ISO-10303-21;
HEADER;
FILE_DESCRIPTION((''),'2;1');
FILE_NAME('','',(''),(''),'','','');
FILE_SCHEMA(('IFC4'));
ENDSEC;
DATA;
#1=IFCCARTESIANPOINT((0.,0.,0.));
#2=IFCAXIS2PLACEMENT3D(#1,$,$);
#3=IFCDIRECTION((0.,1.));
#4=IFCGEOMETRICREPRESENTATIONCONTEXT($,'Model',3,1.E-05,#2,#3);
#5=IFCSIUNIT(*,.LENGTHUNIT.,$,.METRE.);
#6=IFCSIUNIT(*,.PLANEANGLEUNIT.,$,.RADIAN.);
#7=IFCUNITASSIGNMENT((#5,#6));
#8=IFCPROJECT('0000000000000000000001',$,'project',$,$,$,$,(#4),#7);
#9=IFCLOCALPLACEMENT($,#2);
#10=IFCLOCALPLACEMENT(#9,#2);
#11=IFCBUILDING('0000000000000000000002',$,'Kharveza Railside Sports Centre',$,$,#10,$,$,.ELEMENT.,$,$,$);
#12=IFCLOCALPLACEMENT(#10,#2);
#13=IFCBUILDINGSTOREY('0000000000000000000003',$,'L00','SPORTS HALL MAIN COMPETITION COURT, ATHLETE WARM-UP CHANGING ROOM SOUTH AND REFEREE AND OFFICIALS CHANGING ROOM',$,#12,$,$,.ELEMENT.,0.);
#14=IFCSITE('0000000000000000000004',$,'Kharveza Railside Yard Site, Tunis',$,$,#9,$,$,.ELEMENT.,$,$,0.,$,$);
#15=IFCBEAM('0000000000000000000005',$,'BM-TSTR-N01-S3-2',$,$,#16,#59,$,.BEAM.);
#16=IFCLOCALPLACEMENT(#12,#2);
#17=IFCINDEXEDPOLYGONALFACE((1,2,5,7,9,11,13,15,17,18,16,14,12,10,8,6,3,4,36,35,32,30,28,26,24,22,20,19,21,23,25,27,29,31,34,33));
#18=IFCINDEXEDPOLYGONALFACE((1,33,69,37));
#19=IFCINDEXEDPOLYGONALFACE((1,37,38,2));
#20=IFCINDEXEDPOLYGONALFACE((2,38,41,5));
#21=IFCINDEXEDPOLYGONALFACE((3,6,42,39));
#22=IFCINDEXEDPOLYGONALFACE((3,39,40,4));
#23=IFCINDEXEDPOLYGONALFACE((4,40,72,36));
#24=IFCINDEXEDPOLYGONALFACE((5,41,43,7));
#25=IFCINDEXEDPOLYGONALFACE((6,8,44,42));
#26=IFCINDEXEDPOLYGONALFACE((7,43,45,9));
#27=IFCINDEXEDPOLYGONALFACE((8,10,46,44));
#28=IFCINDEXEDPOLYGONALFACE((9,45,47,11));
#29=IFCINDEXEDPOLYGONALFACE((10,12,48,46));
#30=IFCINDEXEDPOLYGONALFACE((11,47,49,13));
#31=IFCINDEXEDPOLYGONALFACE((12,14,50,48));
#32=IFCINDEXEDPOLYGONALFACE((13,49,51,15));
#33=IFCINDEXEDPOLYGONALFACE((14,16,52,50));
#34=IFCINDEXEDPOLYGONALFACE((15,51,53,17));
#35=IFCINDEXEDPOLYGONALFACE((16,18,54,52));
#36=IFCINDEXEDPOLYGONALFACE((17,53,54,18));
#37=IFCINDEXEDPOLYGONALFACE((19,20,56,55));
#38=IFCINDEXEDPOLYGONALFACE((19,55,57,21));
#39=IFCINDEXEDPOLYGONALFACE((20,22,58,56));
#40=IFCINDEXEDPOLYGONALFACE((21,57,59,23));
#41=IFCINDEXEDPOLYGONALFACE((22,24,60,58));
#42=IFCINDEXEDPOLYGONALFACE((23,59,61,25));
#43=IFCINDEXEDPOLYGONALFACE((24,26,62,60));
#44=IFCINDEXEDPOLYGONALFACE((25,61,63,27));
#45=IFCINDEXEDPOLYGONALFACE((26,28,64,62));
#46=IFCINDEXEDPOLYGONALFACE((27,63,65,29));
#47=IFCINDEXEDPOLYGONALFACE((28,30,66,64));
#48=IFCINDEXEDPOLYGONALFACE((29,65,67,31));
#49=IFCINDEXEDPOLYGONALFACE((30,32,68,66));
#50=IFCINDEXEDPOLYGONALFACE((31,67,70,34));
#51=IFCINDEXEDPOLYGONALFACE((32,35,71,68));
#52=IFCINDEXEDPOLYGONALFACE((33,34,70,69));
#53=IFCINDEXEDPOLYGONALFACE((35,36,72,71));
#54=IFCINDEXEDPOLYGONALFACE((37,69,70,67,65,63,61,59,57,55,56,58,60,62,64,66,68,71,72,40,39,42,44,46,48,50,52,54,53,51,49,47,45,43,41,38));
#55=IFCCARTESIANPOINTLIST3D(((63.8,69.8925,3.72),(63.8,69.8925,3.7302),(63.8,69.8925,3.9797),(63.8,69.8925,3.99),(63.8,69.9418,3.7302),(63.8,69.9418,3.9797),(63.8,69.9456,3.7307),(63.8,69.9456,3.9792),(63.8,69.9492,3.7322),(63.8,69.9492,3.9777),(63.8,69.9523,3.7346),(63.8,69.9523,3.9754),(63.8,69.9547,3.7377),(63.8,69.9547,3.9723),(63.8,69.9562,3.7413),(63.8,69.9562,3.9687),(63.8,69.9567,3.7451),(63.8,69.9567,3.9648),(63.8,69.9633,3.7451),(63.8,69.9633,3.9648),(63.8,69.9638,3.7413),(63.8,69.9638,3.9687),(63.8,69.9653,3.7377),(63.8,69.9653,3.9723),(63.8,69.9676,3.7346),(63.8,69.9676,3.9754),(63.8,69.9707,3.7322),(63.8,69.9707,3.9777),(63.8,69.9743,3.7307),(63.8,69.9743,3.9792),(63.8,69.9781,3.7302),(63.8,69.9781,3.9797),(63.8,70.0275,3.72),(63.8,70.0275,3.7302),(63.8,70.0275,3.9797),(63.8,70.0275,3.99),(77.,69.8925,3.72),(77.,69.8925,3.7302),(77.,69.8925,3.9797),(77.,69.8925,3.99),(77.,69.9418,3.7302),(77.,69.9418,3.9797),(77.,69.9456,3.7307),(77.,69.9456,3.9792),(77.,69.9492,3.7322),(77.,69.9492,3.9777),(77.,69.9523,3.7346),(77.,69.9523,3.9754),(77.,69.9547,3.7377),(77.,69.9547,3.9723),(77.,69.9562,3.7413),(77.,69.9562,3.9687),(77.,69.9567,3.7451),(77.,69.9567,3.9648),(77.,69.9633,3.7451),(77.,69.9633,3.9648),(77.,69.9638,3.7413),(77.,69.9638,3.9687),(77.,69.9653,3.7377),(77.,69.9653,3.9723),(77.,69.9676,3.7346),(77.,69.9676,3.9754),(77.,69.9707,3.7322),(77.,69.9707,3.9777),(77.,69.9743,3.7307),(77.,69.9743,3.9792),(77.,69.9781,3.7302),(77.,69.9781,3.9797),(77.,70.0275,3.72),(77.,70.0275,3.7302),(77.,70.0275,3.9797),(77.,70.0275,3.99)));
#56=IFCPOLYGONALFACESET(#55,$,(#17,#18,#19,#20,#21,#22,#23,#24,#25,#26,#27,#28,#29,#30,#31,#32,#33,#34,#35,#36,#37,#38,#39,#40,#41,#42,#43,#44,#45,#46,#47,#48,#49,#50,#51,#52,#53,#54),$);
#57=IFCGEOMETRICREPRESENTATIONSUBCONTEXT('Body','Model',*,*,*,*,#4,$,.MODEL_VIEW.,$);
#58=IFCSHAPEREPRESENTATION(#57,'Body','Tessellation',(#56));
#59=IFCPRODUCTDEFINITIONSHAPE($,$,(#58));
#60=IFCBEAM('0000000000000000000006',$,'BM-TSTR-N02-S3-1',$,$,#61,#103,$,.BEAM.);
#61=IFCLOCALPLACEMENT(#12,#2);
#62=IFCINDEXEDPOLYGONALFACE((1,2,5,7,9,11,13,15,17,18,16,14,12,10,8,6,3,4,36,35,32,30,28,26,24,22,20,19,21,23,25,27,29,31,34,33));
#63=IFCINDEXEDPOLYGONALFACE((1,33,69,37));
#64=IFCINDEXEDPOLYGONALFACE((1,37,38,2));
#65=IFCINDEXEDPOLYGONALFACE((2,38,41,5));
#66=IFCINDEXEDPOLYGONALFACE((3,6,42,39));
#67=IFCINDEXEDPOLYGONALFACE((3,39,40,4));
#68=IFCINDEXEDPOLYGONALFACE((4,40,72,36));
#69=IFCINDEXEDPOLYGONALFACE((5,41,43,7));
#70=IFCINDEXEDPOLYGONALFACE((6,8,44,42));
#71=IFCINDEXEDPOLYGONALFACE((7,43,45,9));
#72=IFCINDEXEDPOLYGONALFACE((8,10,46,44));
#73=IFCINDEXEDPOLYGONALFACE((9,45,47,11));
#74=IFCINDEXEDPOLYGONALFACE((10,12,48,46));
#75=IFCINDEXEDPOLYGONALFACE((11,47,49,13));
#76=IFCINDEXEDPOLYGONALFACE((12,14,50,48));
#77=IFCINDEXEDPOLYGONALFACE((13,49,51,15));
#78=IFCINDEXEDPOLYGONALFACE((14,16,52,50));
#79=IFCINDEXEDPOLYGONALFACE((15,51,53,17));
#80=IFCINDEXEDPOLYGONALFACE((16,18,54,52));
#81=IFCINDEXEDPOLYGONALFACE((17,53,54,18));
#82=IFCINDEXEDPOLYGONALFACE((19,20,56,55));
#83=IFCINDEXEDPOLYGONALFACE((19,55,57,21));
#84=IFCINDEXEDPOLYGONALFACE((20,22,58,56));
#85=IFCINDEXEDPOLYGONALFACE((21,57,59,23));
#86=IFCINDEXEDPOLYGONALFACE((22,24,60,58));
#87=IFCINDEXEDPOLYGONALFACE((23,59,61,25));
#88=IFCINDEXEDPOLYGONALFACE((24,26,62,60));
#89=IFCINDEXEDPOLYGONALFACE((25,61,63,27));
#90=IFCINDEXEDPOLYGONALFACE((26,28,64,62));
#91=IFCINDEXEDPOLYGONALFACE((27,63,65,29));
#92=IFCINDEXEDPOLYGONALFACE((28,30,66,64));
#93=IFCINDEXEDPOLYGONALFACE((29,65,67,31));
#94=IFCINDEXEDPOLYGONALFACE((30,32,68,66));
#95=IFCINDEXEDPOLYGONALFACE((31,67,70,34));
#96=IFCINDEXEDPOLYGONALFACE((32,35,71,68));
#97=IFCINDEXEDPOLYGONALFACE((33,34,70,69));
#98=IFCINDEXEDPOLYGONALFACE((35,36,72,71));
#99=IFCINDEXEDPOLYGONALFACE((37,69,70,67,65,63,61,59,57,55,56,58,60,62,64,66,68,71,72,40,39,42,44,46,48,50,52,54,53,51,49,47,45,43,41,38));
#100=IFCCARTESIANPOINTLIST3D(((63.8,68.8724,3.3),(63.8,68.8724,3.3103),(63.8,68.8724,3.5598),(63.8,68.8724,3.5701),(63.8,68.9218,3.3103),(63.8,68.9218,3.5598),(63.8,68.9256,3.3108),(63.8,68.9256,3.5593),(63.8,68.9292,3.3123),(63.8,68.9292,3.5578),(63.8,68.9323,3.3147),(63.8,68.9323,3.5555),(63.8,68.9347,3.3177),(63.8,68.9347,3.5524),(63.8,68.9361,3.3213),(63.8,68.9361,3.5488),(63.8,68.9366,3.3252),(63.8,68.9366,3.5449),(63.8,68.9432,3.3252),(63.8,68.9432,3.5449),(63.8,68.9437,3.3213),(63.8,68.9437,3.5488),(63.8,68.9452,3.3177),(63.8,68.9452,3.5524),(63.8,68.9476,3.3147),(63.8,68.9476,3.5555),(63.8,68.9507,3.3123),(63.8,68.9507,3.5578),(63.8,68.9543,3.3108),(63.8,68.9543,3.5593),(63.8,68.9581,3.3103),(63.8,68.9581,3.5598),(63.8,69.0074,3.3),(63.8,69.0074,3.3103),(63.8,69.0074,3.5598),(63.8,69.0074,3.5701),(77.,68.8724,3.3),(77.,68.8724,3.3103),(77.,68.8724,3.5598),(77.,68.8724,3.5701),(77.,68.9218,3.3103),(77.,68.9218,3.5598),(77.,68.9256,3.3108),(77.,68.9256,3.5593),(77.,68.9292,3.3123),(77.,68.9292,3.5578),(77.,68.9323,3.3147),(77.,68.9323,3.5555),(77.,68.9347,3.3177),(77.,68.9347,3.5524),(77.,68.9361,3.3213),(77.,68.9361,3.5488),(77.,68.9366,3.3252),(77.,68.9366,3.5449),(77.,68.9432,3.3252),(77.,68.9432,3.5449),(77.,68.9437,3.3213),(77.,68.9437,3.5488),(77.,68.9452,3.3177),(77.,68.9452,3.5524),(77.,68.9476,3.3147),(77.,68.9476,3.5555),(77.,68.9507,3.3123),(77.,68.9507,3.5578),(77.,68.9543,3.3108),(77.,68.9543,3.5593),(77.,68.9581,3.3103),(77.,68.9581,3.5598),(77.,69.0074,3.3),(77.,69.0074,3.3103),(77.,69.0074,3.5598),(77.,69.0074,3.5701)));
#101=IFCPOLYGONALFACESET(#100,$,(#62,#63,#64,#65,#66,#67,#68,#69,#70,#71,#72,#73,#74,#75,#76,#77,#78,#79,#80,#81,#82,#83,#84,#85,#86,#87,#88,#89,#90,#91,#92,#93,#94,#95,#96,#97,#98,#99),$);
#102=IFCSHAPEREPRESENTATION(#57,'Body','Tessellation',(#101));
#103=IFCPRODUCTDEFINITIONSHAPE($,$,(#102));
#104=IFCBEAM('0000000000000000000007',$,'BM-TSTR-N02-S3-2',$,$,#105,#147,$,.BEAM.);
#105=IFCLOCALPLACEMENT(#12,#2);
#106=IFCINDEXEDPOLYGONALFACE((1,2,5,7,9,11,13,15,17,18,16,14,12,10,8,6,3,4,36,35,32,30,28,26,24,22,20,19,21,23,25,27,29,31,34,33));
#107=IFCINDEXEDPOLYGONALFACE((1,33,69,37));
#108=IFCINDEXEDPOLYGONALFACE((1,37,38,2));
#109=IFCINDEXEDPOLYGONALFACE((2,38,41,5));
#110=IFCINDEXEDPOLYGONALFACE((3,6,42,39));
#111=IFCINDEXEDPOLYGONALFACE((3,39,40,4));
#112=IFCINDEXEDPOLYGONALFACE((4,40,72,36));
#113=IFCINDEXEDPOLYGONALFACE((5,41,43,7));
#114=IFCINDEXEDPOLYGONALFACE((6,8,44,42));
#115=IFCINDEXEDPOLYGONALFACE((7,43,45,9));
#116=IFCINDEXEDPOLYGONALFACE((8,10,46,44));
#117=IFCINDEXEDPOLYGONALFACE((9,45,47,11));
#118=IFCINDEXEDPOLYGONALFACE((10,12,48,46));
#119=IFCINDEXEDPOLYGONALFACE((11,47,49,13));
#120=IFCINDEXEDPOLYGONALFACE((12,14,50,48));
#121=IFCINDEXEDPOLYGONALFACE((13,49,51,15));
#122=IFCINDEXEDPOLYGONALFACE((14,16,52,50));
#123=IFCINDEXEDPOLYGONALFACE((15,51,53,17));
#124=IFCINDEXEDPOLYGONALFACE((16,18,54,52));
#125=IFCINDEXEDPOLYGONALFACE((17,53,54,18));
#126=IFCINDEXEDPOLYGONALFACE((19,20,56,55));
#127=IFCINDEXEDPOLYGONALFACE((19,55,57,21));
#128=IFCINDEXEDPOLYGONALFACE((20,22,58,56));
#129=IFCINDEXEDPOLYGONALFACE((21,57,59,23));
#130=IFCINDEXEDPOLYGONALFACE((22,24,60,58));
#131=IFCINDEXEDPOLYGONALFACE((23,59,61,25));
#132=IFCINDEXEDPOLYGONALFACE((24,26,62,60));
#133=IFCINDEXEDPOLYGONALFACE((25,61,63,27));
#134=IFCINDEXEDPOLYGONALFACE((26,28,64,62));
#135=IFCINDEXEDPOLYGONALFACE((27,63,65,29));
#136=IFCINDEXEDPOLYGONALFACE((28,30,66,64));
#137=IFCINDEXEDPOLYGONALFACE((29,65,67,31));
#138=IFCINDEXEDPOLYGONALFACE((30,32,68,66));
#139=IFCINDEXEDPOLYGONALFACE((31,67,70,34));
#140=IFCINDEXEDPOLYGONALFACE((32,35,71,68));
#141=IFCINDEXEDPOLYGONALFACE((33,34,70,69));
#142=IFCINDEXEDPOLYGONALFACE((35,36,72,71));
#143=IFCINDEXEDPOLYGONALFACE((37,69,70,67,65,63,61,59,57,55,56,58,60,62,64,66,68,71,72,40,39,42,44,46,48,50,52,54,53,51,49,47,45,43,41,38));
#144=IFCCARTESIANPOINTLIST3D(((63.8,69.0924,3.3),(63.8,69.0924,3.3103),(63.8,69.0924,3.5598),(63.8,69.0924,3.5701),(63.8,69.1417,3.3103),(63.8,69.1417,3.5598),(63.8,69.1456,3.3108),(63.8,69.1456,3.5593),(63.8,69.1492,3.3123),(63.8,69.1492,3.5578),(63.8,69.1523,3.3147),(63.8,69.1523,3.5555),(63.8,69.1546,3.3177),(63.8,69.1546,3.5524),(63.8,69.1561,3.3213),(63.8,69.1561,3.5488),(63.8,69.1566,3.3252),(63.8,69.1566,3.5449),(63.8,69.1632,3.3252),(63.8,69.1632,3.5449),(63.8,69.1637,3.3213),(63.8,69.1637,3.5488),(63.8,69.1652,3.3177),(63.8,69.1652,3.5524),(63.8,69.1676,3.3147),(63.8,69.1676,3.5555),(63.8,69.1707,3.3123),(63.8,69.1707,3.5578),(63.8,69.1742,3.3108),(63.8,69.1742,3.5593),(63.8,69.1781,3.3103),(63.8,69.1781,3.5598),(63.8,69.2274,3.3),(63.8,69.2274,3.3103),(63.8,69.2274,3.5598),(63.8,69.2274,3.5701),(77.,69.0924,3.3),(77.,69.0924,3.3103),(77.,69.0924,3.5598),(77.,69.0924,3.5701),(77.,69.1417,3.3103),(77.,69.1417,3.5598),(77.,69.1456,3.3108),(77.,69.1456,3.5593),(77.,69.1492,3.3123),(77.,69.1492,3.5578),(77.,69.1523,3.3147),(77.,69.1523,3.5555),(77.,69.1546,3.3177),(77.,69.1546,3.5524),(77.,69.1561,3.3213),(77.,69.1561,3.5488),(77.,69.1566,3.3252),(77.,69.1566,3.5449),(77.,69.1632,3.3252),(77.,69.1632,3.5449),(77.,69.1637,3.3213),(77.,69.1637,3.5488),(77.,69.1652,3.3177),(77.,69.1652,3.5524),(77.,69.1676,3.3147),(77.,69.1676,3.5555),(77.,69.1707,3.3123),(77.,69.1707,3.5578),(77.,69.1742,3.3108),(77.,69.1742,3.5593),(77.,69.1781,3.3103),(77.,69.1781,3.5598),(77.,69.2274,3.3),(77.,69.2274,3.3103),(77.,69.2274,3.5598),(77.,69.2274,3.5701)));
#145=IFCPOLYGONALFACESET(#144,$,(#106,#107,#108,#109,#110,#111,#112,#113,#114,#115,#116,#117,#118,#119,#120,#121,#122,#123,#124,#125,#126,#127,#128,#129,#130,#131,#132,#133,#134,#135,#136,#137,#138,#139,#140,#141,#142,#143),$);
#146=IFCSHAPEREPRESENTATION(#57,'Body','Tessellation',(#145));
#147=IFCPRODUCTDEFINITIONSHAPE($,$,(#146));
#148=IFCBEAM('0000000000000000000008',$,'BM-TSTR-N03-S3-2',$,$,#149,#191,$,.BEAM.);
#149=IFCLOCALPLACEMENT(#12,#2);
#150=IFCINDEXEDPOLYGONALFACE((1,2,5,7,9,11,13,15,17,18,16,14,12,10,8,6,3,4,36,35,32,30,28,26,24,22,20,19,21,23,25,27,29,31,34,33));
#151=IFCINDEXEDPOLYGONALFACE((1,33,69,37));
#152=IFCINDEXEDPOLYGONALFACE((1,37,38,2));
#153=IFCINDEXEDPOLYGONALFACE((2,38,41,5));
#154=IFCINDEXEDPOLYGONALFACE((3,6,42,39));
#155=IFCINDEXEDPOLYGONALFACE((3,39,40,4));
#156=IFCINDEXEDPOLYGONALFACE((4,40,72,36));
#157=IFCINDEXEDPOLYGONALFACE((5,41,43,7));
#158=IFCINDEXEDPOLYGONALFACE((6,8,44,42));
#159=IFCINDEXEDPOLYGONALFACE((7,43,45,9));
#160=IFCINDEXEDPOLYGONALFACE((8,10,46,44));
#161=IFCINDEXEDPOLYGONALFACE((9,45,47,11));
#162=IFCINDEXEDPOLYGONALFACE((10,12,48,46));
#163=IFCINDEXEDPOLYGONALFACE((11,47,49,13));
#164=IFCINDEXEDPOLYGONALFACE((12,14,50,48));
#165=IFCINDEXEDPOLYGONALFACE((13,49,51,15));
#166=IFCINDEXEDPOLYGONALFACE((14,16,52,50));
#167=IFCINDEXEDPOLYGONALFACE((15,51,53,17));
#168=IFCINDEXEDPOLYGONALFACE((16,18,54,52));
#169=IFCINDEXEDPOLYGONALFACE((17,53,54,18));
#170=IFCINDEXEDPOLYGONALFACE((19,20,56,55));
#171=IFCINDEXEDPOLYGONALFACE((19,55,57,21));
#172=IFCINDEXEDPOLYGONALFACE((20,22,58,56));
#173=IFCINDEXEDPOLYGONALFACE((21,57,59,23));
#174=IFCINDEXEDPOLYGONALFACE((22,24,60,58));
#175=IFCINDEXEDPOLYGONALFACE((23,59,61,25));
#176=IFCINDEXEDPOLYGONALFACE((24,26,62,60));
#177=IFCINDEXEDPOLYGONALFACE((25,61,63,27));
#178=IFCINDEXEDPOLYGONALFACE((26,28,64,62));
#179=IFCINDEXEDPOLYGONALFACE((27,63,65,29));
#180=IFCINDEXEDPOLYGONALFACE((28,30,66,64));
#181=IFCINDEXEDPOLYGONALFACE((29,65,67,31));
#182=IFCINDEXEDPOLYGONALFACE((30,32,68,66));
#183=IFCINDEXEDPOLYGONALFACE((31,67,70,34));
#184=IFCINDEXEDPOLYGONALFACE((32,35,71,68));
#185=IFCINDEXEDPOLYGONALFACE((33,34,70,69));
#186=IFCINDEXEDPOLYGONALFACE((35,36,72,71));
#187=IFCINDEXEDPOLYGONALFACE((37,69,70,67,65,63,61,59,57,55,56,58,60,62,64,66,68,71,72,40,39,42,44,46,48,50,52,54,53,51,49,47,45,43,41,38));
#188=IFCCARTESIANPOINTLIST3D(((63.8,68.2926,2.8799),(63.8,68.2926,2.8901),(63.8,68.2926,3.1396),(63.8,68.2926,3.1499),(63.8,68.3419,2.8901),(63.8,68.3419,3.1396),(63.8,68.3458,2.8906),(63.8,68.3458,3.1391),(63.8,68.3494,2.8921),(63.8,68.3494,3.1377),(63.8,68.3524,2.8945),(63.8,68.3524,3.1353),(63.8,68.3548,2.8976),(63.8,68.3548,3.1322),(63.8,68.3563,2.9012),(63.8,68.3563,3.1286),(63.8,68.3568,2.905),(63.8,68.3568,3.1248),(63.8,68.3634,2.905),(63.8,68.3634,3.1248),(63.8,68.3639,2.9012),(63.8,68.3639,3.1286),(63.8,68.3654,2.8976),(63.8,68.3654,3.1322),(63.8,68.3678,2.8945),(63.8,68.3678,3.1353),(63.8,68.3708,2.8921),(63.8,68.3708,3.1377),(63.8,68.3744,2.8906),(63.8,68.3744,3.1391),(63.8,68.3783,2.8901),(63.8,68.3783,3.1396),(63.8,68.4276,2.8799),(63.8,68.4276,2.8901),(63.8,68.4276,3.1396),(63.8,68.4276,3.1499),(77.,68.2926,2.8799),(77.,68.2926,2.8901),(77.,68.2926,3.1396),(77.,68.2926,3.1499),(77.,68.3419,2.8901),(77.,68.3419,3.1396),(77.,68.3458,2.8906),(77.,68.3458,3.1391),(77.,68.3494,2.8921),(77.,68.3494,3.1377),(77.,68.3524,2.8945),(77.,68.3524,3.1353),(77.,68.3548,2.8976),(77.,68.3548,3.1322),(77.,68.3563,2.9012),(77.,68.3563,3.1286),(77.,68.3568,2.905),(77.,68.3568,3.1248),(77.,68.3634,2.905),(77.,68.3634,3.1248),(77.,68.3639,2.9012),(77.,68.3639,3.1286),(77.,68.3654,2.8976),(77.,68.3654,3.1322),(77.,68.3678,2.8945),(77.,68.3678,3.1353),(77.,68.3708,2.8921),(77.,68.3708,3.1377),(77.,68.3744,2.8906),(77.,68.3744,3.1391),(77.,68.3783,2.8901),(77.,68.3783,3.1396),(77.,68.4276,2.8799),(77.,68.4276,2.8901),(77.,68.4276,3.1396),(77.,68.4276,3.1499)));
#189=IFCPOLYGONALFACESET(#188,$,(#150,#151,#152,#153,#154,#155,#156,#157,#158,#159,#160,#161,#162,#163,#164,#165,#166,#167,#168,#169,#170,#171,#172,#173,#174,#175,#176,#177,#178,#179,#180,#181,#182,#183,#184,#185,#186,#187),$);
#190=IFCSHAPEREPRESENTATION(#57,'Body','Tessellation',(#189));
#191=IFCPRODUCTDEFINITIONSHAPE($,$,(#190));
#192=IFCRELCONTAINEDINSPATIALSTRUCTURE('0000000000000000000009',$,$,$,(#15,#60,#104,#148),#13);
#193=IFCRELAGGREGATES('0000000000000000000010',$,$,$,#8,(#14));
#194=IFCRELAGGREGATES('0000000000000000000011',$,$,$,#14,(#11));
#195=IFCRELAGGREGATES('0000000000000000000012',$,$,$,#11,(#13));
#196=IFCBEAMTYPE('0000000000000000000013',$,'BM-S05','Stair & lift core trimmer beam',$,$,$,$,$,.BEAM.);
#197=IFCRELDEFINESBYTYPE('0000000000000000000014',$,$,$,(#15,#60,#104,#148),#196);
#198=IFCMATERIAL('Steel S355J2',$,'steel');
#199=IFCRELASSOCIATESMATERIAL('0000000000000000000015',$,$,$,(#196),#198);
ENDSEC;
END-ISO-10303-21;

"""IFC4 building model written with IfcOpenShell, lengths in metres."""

from ifc_helpers import new_model, si_unit, direction, frame, origin, origin_2d, place, context, subcontext, project, spatial, i_section, extrude, material, material_profile, profile_set, type_object, element, save


model = new_model("IFC4")

# Units and contexts
model_context = context("Model", 3, precision=1e-05, world=origin(), true_north=direction((0.0, 1.0)))
body_context = subcontext(model_context, "Body", "Model", "MODEL_VIEW")
ifc_project = project(units=[si_unit("LENGTHUNIT", "METRE"), si_unit("PLANEANGLEUNIT", "RADIAN")], contexts=[model_context])

# Site, building, storey
site_placement = place(None, origin())
site = spatial("IfcSite", under=ifc_project, at=site_placement, Name="Kharveza Railside Yard Site, Tunis", CompositionType="ELEMENT", RefElevation=0.0)
building_placement = place(site_placement, origin())
building = spatial("IfcBuilding", under=site, at=building_placement, Name="Kharveza Railside Sports Centre", CompositionType="ELEMENT")
storey_placement = place(building_placement, origin())
storey = spatial("IfcBuildingStorey", under=building, at=storey_placement, Name="L00", Description="SPORTS HALL MAIN COMPETITION COURT, ATHLETE WARM-UP CHANGING ROOM SOUTH AND REFEREE AND OFFICIALS CHANGING ROOM", CompositionType="ELEMENT", Elevation=0.0)

# Shared definitions
ifc_material_1 = material(Name="Steel S355J2", Category="steel")

# Beams
ifc_material_profile_1 = material_profile(ifc_material_1, i_section(OverallWidth=0.135, OverallDepth=0.27, WebThickness=0.0066, FlangeThickness=0.0103, FilletRadius=0.0149, at=origin_2d()), Name="IPE 270")
ifc_profile_set_1 = profile_set([ifc_material_profile_1], Name="Steel S355J2")
beam_type_1 = type_object("IfcBeamType", Name="BM-S05", Description="Stair & lift core trimmer beam", PredefinedType="BEAM", material=ifc_profile_set_1)
for number, where, z_axis, x_axis, name in (
    (1, (63.8, 69.96, 3.855), (1.0, 0.0, 0.0), (0.0, 1.0, 0.0), "BM-TSTR-N01-S3-2"),
    (2, (63.8, 68.9399, 3.4351), (1.0, 0.0, 0.0), (0.0, 1.0, 0.0), "BM-TSTR-N02-S3-1"),
    (3, (63.8, 69.1599, 3.4351), (1.0, 0.0, 0.0), (0.0, 1.0, 0.0), "BM-TSTR-N02-S3-2"),
    (4, (63.8, 68.3601, 3.0149), (1.0, 0.0, 0.0), (0.0, 1.0, 0.0), "BM-TSTR-N03-S3-2"),
):
    element("IfcBeam", number, at=place(storey_placement, frame(where, z_axis=z_axis, x_axis=x_axis)), inside=storey, type_object=beam_type_1, Name=name, PredefinedType="BEAM", context=body_context, shape_type="SweptSolid", body=[
        extrude(i_section(OverallWidth=0.135, OverallDepth=0.27, WebThickness=0.0066, FlangeThickness=0.0103, FilletRadius=0.0149, at=origin_2d()), origin(), (0.0, 0.0, 1.0), 13.2),
    ])

save(model, "model.ifc")
